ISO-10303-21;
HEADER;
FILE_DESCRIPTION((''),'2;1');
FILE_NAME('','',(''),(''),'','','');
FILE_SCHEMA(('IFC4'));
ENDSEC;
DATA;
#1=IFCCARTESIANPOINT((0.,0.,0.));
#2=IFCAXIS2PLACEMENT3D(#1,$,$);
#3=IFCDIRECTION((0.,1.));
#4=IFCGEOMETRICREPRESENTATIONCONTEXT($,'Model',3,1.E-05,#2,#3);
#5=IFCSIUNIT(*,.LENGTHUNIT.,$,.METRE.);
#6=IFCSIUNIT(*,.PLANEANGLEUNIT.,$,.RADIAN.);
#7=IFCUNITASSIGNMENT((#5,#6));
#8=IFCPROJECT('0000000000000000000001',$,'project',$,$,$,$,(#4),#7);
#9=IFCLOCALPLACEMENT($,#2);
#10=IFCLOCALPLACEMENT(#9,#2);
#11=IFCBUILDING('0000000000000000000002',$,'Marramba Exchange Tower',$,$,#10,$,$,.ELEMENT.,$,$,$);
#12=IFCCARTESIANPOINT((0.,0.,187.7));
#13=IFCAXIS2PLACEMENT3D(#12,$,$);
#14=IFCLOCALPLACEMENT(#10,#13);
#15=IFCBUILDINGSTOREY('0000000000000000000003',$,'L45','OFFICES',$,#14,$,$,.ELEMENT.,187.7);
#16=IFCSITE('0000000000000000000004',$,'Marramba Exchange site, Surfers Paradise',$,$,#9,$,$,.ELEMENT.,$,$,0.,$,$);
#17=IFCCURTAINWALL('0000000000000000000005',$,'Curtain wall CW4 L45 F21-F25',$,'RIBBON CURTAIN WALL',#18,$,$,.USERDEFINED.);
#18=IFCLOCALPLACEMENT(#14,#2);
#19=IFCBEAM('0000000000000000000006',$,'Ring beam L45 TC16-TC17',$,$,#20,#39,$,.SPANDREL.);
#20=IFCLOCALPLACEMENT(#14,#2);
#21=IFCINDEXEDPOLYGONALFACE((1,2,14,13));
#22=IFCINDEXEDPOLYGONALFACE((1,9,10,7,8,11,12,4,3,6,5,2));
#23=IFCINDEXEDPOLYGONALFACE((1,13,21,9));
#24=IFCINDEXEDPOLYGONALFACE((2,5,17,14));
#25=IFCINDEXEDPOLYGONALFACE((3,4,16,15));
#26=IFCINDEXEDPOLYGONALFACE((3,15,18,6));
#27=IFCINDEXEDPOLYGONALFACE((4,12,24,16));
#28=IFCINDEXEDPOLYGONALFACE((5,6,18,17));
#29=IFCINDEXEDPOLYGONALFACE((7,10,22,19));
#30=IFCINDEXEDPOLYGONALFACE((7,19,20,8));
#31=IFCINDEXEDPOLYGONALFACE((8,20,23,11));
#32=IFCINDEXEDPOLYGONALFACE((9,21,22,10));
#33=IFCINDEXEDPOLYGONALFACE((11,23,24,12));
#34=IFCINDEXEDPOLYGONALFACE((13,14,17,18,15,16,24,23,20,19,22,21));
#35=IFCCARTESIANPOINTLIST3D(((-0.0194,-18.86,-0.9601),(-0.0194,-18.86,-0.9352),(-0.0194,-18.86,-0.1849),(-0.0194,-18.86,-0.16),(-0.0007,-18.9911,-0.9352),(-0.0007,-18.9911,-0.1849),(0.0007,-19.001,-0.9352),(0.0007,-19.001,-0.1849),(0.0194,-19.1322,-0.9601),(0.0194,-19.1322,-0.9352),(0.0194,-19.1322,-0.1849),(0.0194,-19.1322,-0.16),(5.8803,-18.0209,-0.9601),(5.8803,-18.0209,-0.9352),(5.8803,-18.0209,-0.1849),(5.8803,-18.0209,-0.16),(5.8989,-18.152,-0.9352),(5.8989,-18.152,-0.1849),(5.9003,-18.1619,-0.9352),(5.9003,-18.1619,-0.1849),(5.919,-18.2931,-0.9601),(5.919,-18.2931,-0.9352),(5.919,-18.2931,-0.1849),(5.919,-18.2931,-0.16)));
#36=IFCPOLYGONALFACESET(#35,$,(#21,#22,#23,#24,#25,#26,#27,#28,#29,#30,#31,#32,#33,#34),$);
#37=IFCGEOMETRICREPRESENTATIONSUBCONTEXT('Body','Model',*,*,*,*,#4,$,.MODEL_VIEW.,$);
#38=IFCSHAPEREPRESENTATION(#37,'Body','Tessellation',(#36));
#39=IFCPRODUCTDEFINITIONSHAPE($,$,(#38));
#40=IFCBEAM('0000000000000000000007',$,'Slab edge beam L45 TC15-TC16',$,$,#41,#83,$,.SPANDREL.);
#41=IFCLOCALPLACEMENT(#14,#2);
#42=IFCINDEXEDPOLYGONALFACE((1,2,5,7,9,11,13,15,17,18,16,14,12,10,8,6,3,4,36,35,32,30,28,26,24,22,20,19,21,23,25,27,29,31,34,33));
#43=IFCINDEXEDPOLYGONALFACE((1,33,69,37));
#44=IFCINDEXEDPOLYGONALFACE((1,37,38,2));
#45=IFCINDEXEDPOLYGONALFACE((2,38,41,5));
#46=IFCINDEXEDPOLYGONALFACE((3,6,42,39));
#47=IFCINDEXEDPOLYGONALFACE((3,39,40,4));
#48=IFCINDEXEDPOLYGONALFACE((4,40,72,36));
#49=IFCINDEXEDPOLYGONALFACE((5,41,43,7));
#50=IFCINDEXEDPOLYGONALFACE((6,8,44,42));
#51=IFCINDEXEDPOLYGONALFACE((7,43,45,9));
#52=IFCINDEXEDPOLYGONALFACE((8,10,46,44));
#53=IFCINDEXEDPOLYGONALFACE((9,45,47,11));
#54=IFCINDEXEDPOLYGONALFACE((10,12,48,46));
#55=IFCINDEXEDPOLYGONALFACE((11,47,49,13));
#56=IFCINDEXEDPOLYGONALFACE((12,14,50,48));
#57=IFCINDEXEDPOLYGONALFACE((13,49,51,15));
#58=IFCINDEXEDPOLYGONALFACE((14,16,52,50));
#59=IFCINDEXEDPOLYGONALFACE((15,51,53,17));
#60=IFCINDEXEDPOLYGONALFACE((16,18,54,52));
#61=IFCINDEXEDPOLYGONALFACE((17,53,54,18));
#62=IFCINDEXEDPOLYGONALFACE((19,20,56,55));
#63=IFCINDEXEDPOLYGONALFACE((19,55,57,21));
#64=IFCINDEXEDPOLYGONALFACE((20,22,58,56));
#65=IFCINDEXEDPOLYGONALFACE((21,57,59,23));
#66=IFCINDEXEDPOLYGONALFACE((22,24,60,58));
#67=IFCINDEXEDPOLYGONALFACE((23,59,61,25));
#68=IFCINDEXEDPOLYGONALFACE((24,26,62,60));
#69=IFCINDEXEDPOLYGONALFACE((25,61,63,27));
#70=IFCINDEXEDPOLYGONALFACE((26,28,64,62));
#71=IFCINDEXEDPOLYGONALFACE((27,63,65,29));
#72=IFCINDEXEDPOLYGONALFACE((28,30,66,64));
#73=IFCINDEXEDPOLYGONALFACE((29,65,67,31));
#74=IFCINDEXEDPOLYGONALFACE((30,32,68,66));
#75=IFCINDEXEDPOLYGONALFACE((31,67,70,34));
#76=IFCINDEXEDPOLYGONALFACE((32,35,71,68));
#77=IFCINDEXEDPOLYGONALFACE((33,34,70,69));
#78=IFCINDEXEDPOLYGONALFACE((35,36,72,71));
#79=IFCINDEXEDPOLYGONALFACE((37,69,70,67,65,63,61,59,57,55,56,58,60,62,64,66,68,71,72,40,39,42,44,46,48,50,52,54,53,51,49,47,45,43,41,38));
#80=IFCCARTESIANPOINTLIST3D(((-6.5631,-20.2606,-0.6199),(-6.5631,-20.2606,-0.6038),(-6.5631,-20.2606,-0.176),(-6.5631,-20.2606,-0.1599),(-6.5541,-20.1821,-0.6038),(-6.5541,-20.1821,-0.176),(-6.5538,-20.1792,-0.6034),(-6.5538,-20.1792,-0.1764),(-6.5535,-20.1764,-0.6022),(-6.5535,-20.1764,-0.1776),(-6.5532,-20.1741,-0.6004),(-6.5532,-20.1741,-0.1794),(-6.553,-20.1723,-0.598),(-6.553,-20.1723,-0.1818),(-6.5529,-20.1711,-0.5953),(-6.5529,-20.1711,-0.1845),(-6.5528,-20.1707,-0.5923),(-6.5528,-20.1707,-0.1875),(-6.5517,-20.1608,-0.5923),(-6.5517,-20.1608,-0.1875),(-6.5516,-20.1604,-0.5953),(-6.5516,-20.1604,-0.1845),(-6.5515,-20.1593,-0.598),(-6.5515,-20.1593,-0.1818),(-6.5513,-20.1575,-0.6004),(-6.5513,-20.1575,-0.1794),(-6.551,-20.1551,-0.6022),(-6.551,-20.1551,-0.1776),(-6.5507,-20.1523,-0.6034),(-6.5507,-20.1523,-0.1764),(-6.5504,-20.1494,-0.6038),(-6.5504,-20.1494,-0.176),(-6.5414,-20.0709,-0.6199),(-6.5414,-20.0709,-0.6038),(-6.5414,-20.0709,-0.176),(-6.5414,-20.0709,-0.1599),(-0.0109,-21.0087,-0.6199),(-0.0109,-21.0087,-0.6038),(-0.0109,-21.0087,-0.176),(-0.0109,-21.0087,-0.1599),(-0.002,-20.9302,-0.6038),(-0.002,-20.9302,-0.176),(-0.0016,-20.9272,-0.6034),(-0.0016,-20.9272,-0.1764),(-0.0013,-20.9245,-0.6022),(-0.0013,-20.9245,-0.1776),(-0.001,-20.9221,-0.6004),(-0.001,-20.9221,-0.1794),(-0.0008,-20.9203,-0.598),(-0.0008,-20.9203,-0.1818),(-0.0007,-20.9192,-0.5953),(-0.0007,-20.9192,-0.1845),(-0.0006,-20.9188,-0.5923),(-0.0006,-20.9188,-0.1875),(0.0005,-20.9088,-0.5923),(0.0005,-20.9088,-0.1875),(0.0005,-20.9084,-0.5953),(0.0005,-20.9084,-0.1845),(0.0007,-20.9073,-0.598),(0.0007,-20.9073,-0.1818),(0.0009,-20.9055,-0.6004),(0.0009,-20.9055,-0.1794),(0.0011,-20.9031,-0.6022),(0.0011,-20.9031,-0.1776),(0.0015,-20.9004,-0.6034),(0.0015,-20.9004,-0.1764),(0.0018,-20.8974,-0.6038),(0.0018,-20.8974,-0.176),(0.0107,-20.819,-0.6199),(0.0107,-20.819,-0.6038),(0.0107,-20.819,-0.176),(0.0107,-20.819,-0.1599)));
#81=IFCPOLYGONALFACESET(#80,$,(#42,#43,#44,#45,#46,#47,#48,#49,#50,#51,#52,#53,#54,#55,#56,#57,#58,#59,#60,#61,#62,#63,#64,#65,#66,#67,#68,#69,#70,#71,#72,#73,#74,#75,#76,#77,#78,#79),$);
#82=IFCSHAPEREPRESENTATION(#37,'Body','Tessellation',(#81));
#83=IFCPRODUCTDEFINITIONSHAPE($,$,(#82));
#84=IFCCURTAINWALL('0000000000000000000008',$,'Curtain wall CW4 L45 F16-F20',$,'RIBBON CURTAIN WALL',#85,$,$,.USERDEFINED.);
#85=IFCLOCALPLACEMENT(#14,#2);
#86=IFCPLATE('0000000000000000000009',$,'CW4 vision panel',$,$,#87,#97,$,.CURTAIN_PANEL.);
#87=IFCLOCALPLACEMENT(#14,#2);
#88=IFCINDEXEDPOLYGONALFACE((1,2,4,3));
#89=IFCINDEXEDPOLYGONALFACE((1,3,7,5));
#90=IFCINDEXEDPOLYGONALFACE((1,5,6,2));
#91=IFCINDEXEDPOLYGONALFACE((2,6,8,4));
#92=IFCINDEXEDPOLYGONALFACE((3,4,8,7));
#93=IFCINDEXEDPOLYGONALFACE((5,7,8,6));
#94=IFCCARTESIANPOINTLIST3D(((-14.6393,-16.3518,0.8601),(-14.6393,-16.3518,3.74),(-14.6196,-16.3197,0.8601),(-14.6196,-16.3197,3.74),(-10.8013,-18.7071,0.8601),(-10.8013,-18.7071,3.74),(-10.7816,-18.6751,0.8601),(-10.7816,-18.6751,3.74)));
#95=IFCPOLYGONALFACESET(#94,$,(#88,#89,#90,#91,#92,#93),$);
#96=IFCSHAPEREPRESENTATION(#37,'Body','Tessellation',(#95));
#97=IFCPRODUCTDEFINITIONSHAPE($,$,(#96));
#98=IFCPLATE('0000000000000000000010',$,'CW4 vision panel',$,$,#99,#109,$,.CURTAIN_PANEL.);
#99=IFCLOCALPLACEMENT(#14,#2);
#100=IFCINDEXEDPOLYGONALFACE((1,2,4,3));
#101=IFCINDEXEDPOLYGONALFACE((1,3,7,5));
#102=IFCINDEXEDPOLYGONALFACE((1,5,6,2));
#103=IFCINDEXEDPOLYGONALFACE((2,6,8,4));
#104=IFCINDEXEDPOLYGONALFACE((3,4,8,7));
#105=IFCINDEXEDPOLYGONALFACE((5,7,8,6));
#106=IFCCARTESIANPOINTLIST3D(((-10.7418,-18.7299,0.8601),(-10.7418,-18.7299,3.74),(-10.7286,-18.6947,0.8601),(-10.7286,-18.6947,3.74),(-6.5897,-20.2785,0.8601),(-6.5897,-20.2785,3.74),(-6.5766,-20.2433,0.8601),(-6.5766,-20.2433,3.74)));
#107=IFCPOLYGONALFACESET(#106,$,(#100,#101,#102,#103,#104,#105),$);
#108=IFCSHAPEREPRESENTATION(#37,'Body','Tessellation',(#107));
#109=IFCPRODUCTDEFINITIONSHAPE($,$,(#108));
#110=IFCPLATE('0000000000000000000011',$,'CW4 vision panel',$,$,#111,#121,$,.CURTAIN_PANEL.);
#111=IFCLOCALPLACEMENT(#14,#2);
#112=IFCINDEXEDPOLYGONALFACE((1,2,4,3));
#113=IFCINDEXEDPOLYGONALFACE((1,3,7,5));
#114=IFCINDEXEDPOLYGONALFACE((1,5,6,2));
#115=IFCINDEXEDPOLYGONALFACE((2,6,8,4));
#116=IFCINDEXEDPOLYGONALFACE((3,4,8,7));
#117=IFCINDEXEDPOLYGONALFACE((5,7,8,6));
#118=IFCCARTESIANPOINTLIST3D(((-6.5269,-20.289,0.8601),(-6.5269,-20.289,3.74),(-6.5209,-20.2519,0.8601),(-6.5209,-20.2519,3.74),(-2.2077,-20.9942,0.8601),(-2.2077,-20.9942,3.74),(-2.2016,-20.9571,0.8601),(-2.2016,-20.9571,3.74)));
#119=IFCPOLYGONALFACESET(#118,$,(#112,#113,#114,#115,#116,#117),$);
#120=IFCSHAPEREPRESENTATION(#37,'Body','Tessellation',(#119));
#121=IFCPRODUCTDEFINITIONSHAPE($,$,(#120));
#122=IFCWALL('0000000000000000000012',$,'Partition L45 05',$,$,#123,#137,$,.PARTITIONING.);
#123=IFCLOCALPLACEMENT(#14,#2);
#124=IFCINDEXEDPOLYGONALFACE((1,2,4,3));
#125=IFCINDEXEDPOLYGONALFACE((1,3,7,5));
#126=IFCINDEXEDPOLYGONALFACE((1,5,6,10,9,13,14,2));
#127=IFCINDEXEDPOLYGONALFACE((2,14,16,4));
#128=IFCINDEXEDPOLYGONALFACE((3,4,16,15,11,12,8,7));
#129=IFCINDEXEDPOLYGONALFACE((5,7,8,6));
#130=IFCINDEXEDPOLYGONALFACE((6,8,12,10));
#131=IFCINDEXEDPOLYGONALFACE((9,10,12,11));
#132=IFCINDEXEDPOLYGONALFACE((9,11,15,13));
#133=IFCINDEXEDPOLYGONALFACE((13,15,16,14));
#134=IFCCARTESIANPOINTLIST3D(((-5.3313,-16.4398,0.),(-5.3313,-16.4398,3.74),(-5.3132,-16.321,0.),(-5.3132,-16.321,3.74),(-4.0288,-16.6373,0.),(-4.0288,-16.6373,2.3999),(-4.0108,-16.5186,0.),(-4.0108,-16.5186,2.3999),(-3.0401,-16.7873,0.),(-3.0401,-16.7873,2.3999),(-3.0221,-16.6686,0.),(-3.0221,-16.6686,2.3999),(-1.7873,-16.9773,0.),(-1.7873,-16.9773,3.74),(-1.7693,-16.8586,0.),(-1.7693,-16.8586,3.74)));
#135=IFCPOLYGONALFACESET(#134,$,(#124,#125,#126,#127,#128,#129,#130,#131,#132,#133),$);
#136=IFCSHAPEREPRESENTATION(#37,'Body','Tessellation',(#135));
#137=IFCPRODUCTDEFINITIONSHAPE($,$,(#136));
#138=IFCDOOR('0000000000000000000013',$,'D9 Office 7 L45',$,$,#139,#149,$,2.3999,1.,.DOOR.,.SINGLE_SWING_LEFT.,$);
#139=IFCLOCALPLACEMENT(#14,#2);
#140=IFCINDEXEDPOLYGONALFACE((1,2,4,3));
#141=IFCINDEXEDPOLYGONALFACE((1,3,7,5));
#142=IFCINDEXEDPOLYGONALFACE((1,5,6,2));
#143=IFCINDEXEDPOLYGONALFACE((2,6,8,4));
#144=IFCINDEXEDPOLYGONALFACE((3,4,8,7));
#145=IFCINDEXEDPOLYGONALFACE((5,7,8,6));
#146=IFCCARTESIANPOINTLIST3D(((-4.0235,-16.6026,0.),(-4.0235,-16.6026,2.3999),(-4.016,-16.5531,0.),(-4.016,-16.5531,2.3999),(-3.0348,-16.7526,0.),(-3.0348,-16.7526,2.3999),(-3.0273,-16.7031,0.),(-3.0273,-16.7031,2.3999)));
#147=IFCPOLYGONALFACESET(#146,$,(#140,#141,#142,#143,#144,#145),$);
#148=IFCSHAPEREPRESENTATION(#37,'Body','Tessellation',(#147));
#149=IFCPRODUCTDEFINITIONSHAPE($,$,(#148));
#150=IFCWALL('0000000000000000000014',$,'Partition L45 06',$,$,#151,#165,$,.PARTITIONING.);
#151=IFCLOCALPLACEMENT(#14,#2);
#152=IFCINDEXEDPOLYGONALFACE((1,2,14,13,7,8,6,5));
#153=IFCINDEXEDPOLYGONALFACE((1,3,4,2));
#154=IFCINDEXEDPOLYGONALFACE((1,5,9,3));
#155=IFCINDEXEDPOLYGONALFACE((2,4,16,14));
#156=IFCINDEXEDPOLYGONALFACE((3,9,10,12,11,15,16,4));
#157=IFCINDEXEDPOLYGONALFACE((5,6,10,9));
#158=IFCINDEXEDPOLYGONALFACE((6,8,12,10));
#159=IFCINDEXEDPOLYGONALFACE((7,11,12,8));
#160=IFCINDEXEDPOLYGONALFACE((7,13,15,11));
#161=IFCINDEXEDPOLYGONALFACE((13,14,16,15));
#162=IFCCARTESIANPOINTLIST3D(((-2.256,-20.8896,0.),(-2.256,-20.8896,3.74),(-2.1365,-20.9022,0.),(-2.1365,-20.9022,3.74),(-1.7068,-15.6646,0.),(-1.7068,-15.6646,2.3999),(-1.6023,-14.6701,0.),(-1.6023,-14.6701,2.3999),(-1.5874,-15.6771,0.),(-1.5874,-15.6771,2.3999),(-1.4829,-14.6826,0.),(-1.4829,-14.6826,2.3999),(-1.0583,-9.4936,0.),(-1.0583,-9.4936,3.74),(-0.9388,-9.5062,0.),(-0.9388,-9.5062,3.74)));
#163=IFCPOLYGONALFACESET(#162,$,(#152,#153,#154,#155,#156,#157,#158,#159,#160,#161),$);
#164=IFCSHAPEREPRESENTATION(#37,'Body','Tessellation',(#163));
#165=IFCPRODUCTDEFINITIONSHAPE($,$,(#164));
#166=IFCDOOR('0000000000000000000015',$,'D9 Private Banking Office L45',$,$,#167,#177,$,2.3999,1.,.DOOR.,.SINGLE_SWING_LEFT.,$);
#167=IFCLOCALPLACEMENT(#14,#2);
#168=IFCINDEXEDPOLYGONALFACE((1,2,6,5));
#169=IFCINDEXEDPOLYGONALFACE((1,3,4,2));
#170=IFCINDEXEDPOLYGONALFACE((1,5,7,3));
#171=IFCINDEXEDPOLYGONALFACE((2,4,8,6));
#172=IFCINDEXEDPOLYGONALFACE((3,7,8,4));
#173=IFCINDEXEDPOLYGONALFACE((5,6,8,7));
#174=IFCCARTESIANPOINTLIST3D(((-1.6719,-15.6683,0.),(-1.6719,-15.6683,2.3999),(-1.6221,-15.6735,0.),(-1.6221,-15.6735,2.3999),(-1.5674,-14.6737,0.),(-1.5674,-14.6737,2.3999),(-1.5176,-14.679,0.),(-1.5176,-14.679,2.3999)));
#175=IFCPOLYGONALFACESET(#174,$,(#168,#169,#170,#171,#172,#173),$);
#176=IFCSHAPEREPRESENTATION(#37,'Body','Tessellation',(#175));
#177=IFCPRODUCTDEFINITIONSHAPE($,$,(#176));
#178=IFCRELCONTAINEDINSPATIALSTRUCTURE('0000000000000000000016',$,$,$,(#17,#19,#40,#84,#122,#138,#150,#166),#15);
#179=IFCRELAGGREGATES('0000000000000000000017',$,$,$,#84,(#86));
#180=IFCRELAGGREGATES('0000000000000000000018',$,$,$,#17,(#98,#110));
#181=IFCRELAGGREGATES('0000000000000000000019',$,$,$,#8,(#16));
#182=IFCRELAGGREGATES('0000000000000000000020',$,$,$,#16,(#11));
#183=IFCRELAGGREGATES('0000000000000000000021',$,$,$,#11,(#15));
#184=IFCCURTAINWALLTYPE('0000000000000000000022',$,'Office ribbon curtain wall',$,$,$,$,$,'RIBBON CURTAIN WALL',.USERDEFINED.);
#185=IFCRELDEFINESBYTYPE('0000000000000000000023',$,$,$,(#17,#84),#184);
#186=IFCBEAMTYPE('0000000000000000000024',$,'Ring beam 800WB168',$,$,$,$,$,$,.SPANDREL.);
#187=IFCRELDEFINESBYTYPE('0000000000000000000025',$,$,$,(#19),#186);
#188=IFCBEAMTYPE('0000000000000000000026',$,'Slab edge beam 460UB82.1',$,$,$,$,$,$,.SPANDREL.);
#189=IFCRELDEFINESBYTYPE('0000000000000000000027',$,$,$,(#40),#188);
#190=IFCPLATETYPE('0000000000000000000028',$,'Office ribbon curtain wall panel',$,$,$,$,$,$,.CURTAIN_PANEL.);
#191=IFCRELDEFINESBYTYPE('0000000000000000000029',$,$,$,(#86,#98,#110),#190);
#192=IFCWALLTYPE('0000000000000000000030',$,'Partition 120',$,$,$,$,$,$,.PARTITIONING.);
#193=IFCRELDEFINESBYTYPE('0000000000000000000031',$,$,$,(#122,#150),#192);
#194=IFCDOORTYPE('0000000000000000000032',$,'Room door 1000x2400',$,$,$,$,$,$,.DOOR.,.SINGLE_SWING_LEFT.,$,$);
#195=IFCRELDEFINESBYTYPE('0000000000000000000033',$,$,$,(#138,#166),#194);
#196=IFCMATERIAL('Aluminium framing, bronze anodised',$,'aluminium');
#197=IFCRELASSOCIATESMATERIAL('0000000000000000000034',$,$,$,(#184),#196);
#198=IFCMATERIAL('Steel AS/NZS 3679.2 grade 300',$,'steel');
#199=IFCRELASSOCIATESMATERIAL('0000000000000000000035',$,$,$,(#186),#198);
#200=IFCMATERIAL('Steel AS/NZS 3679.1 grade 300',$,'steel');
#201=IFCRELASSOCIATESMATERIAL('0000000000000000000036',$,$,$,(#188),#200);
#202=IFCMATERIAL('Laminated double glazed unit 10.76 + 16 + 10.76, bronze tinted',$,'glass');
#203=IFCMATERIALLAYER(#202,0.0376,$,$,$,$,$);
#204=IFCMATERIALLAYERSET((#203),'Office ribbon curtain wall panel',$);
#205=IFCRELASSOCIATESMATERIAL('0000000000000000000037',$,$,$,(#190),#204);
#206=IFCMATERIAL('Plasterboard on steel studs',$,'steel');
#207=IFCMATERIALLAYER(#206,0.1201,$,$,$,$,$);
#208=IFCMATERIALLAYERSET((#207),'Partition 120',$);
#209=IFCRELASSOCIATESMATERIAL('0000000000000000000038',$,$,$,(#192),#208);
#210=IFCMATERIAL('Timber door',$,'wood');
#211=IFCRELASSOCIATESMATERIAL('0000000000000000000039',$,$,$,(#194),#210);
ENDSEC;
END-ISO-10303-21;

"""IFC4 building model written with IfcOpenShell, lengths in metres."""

from ifc_helpers import new_model, si_unit, direction, frame, frame_2d, origin, origin_2d, place, context, subcontext, project, spatial, rectangle, i_section, extrude, material, layer, layer_set, material_profile, profile_set, type_object, element, fill, aggregate, save


model = new_model("IFC4")

# Units and contexts
model_context = context("Model", 3, precision=1e-05, world=origin(), true_north=direction((0.0, 1.0)))
body_context = subcontext(model_context, "Body", "Model", "MODEL_VIEW")
ifc_project = project(units=[si_unit("LENGTHUNIT", "METRE"), si_unit("PLANEANGLEUNIT", "RADIAN")], contexts=[model_context])

# Site, building, storey
site_placement = place(None, origin())
site = spatial("IfcSite", under=ifc_project, at=site_placement, Name="Marramba Exchange site, Surfers Paradise", CompositionType="ELEMENT", RefElevation=0.0)
building_placement = place(site_placement, origin())
building = spatial("IfcBuilding", under=site, at=building_placement, Name="Marramba Exchange Tower", CompositionType="ELEMENT")
storey_placement = place(building_placement, frame((0.0, 0.0, 187.7)))
storey = spatial("IfcBuildingStorey", under=building, at=storey_placement, Name="L45", Description="OFFICES", CompositionType="ELEMENT", Elevation=187.7)

# Shared definitions
ifc_material_1 = material(Name="Steel AS/NZS 3679.2 grade 300", Category="steel")

# Curtain wall
ifc_material_2 = material(Name="Aluminium framing, bronze anodised", Category="aluminium")
curtain_wall_type = type_object("IfcCurtainWallType", Name="Office ribbon curtain wall", ElementType="RIBBON CURTAIN WALL", PredefinedType="USERDEFINED", material=ifc_material_2)
curtain_wall_1_placement = place(storey_placement, origin())
curtain_wall_1 = element("IfcCurtainWall", 1, at=curtain_wall_1_placement, inside=storey, type_object=curtain_wall_type, Name="Curtain wall CW4 L45 F21-F25", ObjectType="RIBBON CURTAIN WALL", PredefinedType="USERDEFINED")

# Beams
ifc_material_profile_1 = material_profile(ifc_material_1, i_section(OverallWidth=0.2749, OverallDepth=0.8, WebThickness=0.01, FlangeThickness=0.0249, at=origin_2d()), Name="800WB168")
ifc_profile_set_1 = profile_set([ifc_material_profile_1], Name="Steel AS/NZS 3679.2 grade 300")
beam_type_1 = type_object("IfcBeamType", Name="Ring beam 800WB168", PredefinedType="SPANDREL", material=ifc_profile_set_1)
for number, where, z_axis, x_axis, name in (
    (2, (0.0, -18.9961, -0.5601), (0.990036, 0.140813, 0.0), (-0.140813, 0.990036, 0.0), "Ring beam L45 TC16-TC17"),
):
    element("IfcBeam", number, at=place(storey_placement, frame(where, z_axis=z_axis, x_axis=x_axis)), inside=storey, type_object=beam_type_1, Name=name, PredefinedType="SPANDREL", context=body_context, shape_type="SweptSolid", body=[
        extrude(i_section(OverallWidth=0.2749, OverallDepth=0.8, WebThickness=0.01, FlangeThickness=0.0249, at=origin_2d()), origin(), (0.0, 0.0, 1.0), 5.959),
    ])
ifc_material_3 = material(Name="Steel AS/NZS 3679.1 grade 300", Category="steel")
ifc_material_profile_2 = material_profile(ifc_material_3, i_section(OverallWidth=0.1909, OverallDepth=0.46, WebThickness=0.01, FlangeThickness=0.0161, FilletRadius=0.0115, at=origin_2d()), Name="460UB82.1")
ifc_profile_set_2 = profile_set([ifc_material_profile_2], Name="Steel AS/NZS 3679.1 grade 300")
beam_type_2 = type_object("IfcBeamType", Name="Slab edge beam 460UB82.1", PredefinedType="SPANDREL", material=ifc_profile_set_2)
beam_1_placement = place(storey_placement, frame((-6.5522, -20.1658, -0.3899), z_axis=(0.993546, -0.11343, 0.0), x_axis=(0.11343, 0.993546, 0.0)))
element("IfcBeam", 3, at=beam_1_placement, inside=storey, type_object=beam_type_2, Name="Slab edge beam L45 TC15-TC16", PredefinedType="SPANDREL", context=body_context, shape_type="SweptSolid", body=[
    extrude(i_section(OverallWidth=0.1909, OverallDepth=0.46, WebThickness=0.01, FlangeThickness=0.0161, FilletRadius=0.0115, at=origin_2d()), origin(), (0.0, 0.0, 1.0), 6.5947),
])

# Curtain wall, plate
curtain_wall_2_placement = place(storey_placement, origin())
curtain_wall_2 = element("IfcCurtainWall", 4, at=curtain_wall_2_placement, inside=storey, type_object=curtain_wall_type, Name="Curtain wall CW4 L45 F16-F20", ObjectType="RIBBON CURTAIN WALL", PredefinedType="USERDEFINED")
ifc_material_4 = material(Name="Laminated double glazed unit 10.76 + 16 + 10.76, bronze tinted", Category="glass")
ifc_layer_1 = layer(ifc_material_4, 0.0376)
ifc_layer_set_1 = layer_set([ifc_layer_1], Name="Office ribbon curtain wall panel")
plate_type = type_object("IfcPlateType", Name="Office ribbon curtain wall panel", PredefinedType="CURTAIN_PANEL", material=ifc_layer_set_1)
plate_1_placement = place(storey_placement, frame((-12.7104, -17.5134, 0.8601), z_axis=(0.0, 0.0, 1.0), x_axis=(0.852301, -0.523052, 0.0)))
plate_1 = element("IfcPlate", 5, at=plate_1_placement, type_object=plate_type, Name="CW4 vision panel", PredefinedType="CURTAIN_PANEL", context=body_context, shape_type="SweptSolid", body=[
    extrude(rectangle(XDim=4.5032, YDim=0.0376, at=origin_2d()), origin(), (0.0, 0.0, 1.0), 2.8799),
])
aggregate(curtain_wall_2, [plate_1])

# Plates
plate_2_placement = place(storey_placement, frame((-8.6592, -19.4866, 0.8601), z_axis=(0.0, 0.0, 1.0), x_axis=(0.936952, -0.349459, 0.0)))
plate_2 = element("IfcPlate", 6, at=plate_2_placement, type_object=plate_type, Name="CW4 vision panel", PredefinedType="CURTAIN_PANEL", context=body_context, shape_type="SweptSolid", body=[
    extrude(rectangle(XDim=4.4314, YDim=0.0376, at=origin_2d()), origin(), (0.0, 0.0, 1.0), 2.8799),
])
plate_3_placement = place(storey_placement, frame((-4.3643, -20.623, 0.8601), z_axis=(0.0, 0.0, 1.0), x_axis=(0.986931, -0.161146, 0.0)))
plate_3 = element("IfcPlate", 7, at=plate_3_placement, type_object=plate_type, Name="CW4 vision panel", PredefinedType="CURTAIN_PANEL", context=body_context, shape_type="SweptSolid", body=[
    extrude(rectangle(XDim=4.3765, YDim=0.0376, at=origin_2d()), origin(), (0.0, 0.0, 1.0), 2.8799),
])
aggregate(curtain_wall_1, [plate_2, plate_3])

# Walls, openings, doors
ifc_material_5 = material(Name="Plasterboard on steel studs", Category="steel")
ifc_layer_2 = layer(ifc_material_5, 0.1201)
ifc_layer_set_2 = layer_set([ifc_layer_2], Name="Partition 120")
wall_type = type_object("IfcWallType", Name="Partition 120", PredefinedType="PARTITIONING", material=ifc_layer_set_2)
wall_1_placement = place(storey_placement, frame((-1.7783, -16.918, 0.0), z_axis=(0.0, 0.0, 1.0), x_axis=(-0.988689, 0.149979, 0.0)))
wall_1 = element("IfcWall", 8, at=wall_1_placement, inside=storey, type_object=wall_type, Name="Partition L45 05", PredefinedType="PARTITIONING", context=body_context, shape_type="SweptSolid", body=[
    extrude(rectangle(XDim=3.5845, YDim=0.1201, at=frame_2d((1.7922, 0.0))), origin(), (0.0, 0.0, 1.0), 3.74),
])
opening_1_placement = place(wall_1_placement, frame((1.2671, 0.0, 0.0)))
opening_1 = element("IfcOpeningElement", 9, at=opening_1_placement, cuts=wall_1, PredefinedType="OPENING", context=body_context, shape_type="SweptSolid", body=[
    extrude(rectangle(XDim=1.0, YDim=2.3999, at=frame_2d((0.5, 1.2))), frame((0.0, 0.0701, 0.0), z_axis=(0.0, -1.0, 0.0), x_axis=(1.0, 0.0, 0.0)), (0.0, 0.0, 1.0), 0.1401),
])
ifc_material_6 = material(Name="Timber door", Category="wood")
door_type = type_object("IfcDoorType", Name="Room door 1000x2400", OperationType="SINGLE_SWING_LEFT", PredefinedType="DOOR", material=ifc_material_6)
door_1_placement = place(opening_1_placement, origin())
door_1 = element("IfcDoor", 10, at=door_1_placement, inside=storey, type_object=door_type, Name="D9 Office 7 L45", OperationType="SINGLE_SWING_LEFT", OverallHeight=2.3999, OverallWidth=1.0, PredefinedType="DOOR", context=body_context, shape_type="SweptSolid", body=[
    extrude(rectangle(XDim=1.0, YDim=2.3999, at=frame_2d((0.5, 1.2))), frame((0.0, 0.0249, 0.0), z_axis=(0.0, -1.0, 0.0), x_axis=(1.0, 0.0, 0.0)), (0.0, 0.0, 1.0), 0.05),
])
fill(opening_1, door_1)
wall_2_placement = place(storey_placement, frame((-2.1963, -20.896, 0.0), z_axis=(0.0, 0.0, 1.0), x_axis=(0.104527, 0.994522, 0.0)))
wall_2 = element("IfcWall", 11, at=wall_2_placement, inside=storey, type_object=wall_type, Name="Partition L45 06", PredefinedType="PARTITIONING", context=body_context, shape_type="SweptSolid", body=[
    extrude(rectangle(XDim=11.4587, YDim=0.1201, at=frame_2d((5.7295, 0.0))), origin(), (0.0, 0.0, 1.0), 3.74),
])
opening_2_placement = place(wall_2_placement, frame((5.2539, 0.0, 0.0)))
opening_2 = element("IfcOpeningElement", 12, at=opening_2_placement, cuts=wall_2, PredefinedType="OPENING", context=body_context, shape_type="SweptSolid", body=[
    extrude(rectangle(XDim=1.0, YDim=2.3999, at=frame_2d((0.5, 1.2))), frame((0.0, 0.0701, 0.0), z_axis=(0.0, -1.0, 0.0), x_axis=(1.0, 0.0, 0.0)), (0.0, 0.0, 1.0), 0.1401),
])
door_2_placement = place(opening_2_placement, origin())
door_2 = element("IfcDoor", 13, at=door_2_placement, inside=storey, type_object=door_type, Name="D9 Private Banking Office L45", OperationType="SINGLE_SWING_LEFT", OverallHeight=2.3999, OverallWidth=1.0, PredefinedType="DOOR", context=body_context, shape_type="SweptSolid", body=[
    extrude(rectangle(XDim=1.0, YDim=2.3999, at=frame_2d((0.5, 1.2))), frame((0.0, 0.0249, 0.0), z_axis=(0.0, -1.0, 0.0), x_axis=(1.0, 0.0, 0.0)), (0.0, 0.0, 1.0), 0.05),
])
fill(opening_2, door_2)

save(model, "model.ifc")
